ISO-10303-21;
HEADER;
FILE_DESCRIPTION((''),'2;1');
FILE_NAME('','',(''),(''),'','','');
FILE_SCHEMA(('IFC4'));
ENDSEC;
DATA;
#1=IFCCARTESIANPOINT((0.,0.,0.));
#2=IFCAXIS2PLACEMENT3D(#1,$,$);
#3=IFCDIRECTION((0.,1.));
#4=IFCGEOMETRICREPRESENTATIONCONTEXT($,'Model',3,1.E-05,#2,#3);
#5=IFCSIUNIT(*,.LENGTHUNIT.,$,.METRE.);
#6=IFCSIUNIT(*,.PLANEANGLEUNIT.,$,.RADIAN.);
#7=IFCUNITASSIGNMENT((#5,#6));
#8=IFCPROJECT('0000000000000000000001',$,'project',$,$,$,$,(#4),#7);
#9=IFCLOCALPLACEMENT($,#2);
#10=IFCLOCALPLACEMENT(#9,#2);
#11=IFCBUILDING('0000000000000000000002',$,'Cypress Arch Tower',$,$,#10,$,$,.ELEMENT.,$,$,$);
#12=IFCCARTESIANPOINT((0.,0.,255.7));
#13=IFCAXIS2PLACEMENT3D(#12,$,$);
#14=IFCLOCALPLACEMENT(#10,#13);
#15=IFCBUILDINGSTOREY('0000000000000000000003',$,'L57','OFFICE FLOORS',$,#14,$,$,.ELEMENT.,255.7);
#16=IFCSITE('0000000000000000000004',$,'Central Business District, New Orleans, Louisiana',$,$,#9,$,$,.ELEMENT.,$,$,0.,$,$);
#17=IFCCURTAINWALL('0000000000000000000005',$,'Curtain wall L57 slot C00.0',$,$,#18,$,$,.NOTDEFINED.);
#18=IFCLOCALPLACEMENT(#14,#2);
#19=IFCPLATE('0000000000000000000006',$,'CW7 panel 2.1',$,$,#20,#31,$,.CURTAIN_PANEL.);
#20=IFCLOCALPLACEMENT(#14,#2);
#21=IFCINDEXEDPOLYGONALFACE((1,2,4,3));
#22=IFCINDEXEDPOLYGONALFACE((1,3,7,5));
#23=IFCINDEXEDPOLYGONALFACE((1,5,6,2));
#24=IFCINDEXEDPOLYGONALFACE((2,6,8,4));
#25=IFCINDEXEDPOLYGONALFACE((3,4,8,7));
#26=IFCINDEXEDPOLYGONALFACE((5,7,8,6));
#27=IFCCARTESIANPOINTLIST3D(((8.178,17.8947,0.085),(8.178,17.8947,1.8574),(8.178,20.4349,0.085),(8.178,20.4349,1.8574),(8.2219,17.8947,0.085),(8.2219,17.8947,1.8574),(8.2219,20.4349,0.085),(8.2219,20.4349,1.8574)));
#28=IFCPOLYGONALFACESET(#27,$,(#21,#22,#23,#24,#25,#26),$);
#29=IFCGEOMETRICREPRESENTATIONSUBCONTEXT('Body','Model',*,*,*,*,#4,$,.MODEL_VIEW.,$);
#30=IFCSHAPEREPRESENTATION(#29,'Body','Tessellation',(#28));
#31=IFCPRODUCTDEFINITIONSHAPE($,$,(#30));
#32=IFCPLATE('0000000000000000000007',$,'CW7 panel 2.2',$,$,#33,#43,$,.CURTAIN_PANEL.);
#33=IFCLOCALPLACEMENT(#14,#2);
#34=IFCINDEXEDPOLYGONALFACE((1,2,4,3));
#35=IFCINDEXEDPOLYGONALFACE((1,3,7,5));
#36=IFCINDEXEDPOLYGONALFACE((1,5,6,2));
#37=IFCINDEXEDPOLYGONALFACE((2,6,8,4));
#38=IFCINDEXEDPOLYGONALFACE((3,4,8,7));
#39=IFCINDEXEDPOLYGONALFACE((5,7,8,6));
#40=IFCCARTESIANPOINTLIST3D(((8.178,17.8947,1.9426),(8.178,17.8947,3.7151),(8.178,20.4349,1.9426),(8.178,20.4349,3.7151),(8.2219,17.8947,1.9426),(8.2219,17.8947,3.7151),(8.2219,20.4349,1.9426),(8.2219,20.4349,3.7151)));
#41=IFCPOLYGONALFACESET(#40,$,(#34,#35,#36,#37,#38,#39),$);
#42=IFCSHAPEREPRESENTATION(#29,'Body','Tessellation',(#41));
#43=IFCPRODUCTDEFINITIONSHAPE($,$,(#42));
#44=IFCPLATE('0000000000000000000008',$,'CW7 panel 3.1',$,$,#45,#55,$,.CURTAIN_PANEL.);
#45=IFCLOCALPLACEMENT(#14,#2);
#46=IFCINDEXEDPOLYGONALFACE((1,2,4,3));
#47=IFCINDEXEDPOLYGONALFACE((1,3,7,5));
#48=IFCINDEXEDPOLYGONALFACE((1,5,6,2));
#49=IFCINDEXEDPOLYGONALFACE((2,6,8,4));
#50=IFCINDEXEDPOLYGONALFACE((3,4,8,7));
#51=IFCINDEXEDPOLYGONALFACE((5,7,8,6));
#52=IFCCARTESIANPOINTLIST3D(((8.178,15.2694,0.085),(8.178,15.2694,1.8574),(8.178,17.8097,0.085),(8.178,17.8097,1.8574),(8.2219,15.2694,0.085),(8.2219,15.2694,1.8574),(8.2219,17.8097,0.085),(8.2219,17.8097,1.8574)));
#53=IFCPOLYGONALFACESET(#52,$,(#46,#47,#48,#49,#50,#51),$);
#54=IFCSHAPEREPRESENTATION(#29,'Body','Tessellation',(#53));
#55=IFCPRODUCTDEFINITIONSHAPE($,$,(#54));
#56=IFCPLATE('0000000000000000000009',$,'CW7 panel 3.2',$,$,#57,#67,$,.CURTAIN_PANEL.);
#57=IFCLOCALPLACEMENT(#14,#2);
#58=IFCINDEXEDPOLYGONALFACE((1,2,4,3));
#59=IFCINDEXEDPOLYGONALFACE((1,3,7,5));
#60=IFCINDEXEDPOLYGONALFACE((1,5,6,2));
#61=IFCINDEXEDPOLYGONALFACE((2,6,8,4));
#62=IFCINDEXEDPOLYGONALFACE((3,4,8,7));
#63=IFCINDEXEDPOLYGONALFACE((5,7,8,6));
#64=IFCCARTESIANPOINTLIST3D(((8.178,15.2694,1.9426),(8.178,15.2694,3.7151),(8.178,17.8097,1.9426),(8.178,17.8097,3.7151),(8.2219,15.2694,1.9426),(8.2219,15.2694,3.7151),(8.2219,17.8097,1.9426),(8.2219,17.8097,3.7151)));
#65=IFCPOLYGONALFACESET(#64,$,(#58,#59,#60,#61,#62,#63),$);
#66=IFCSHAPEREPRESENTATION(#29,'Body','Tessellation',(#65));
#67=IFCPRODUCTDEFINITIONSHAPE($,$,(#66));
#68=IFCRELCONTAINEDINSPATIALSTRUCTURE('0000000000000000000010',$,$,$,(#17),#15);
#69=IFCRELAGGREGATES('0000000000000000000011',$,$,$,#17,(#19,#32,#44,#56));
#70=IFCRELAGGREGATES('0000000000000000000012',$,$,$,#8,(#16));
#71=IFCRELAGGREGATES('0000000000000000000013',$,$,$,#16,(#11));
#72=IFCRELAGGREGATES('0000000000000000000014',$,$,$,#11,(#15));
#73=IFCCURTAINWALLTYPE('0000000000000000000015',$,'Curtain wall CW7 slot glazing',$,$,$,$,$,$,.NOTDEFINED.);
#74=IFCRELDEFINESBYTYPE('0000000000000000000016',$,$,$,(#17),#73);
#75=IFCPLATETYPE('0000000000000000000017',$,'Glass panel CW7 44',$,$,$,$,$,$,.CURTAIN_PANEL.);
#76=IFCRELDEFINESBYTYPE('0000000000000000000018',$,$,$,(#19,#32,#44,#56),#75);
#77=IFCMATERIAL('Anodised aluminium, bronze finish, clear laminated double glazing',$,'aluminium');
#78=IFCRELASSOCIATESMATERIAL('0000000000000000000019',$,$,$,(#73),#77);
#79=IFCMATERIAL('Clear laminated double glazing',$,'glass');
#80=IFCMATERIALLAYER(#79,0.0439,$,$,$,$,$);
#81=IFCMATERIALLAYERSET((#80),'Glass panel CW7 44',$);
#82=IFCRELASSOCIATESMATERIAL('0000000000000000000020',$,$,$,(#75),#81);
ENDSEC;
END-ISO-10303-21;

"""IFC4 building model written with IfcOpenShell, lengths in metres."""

from ifc_helpers import new_model, si_unit, direction, frame, origin, origin_2d, place, context, subcontext, project, spatial, rectangle, extrude, material, layer, layer_set, type_object, element, aggregate, save


model = new_model("IFC4")

# Units and contexts
model_context = context("Model", 3, precision=1e-05, world=origin(), true_north=direction((0.0, 1.0)))
body_context = subcontext(model_context, "Body", "Model", "MODEL_VIEW")
ifc_project = project(units=[si_unit("LENGTHUNIT", "METRE"), si_unit("PLANEANGLEUNIT", "RADIAN")], contexts=[model_context])

# Site, building, storey
site_placement = place(None, origin())
site = spatial("IfcSite", under=ifc_project, at=site_placement, Name="Central Business District, New Orleans, Louisiana", CompositionType="ELEMENT", RefElevation=0.0)
building_placement = place(site_placement, origin())
building = spatial("IfcBuilding", under=site, at=building_placement, Name="Cypress Arch Tower", CompositionType="ELEMENT")
storey_placement = place(building_placement, frame((0.0, 0.0, 255.7)))
storey = spatial("IfcBuildingStorey", under=building, at=storey_placement, Name="L57", Description="OFFICE FLOORS", CompositionType="ELEMENT", Elevation=255.7)

# Curtain wall, plates
ifc_material_1 = material(Name="Anodised aluminium, bronze finish, clear laminated double glazing", Category="aluminium")
curtain_wall_type = type_object("IfcCurtainWallType", Name="Curtain wall CW7 slot glazing", PredefinedType="NOTDEFINED", material=ifc_material_1)
curtain_wall_placement = place(storey_placement, origin())
curtain_wall = element("IfcCurtainWall", 1, at=curtain_wall_placement, inside=storey, type_object=curtain_wall_type, Name="Curtain wall L57 slot C00.0", PredefinedType="NOTDEFINED")
ifc_material_2 = material(Name="Clear laminated double glazing", Category="glass")
ifc_layer = layer(ifc_material_2, 0.0439)
ifc_layer_set = layer_set([ifc_layer], Name="Glass panel CW7 44")
plate_type = type_object("IfcPlateType", Name="Glass panel CW7 44", PredefinedType="CURTAIN_PANEL", material=ifc_layer_set)
plate_1_placement = place(storey_placement, frame((8.2, 19.1648, 0.085), z_axis=(0.0, 0.0, 1.0), x_axis=(0.0, -1.0, 0.0)))
plate_1 = element("IfcPlate", 2, at=plate_1_placement, type_object=plate_type, Name="CW7 panel 2.1", PredefinedType="CURTAIN_PANEL", context=body_context, shape_type="SweptSolid", body=[
    extrude(rectangle(XDim=2.5403, YDim=0.0439, at=origin_2d()), origin(), (0.0, 0.0, 1.0), 1.7725),
])
plate_2_placement = place(storey_placement, frame((8.2, 19.1648, 1.9426), z_axis=(0.0, 0.0, 1.0), x_axis=(0.0, -1.0, 0.0)))
plate_2 = element("IfcPlate", 3, at=plate_2_placement, type_object=plate_type, Name="CW7 panel 2.2", PredefinedType="CURTAIN_PANEL", context=body_context, shape_type="SweptSolid", body=[
    extrude(rectangle(XDim=2.5403, YDim=0.0439, at=origin_2d()), origin(), (0.0, 0.0, 1.0), 1.7725),
])
plate_3_placement = place(storey_placement, frame((8.2, 16.5396, 0.085), z_axis=(0.0, 0.0, 1.0), x_axis=(0.0, -1.0, 0.0)))
plate_3 = element("IfcPlate", 4, at=plate_3_placement, type_object=plate_type, Name="CW7 panel 3.1", PredefinedType="CURTAIN_PANEL", context=body_context, shape_type="SweptSolid", body=[
    extrude(rectangle(XDim=2.5403, YDim=0.0439, at=origin_2d()), origin(), (0.0, 0.0, 1.0), 1.7725),
])
plate_4_placement = place(storey_placement, frame((8.2, 16.5396, 1.9426), z_axis=(0.0, 0.0, 1.0), x_axis=(0.0, -1.0, 0.0)))
plate_4 = element("IfcPlate", 5, at=plate_4_placement, type_object=plate_type, Name="CW7 panel 3.2", PredefinedType="CURTAIN_PANEL", context=body_context, shape_type="SweptSolid", body=[
    extrude(rectangle(XDim=2.5403, YDim=0.0439, at=origin_2d()), origin(), (0.0, 0.0, 1.0), 1.7725),
])
aggregate(curtain_wall, [plate_1, plate_2, plate_3, plate_4])

save(model, "model.ifc")
